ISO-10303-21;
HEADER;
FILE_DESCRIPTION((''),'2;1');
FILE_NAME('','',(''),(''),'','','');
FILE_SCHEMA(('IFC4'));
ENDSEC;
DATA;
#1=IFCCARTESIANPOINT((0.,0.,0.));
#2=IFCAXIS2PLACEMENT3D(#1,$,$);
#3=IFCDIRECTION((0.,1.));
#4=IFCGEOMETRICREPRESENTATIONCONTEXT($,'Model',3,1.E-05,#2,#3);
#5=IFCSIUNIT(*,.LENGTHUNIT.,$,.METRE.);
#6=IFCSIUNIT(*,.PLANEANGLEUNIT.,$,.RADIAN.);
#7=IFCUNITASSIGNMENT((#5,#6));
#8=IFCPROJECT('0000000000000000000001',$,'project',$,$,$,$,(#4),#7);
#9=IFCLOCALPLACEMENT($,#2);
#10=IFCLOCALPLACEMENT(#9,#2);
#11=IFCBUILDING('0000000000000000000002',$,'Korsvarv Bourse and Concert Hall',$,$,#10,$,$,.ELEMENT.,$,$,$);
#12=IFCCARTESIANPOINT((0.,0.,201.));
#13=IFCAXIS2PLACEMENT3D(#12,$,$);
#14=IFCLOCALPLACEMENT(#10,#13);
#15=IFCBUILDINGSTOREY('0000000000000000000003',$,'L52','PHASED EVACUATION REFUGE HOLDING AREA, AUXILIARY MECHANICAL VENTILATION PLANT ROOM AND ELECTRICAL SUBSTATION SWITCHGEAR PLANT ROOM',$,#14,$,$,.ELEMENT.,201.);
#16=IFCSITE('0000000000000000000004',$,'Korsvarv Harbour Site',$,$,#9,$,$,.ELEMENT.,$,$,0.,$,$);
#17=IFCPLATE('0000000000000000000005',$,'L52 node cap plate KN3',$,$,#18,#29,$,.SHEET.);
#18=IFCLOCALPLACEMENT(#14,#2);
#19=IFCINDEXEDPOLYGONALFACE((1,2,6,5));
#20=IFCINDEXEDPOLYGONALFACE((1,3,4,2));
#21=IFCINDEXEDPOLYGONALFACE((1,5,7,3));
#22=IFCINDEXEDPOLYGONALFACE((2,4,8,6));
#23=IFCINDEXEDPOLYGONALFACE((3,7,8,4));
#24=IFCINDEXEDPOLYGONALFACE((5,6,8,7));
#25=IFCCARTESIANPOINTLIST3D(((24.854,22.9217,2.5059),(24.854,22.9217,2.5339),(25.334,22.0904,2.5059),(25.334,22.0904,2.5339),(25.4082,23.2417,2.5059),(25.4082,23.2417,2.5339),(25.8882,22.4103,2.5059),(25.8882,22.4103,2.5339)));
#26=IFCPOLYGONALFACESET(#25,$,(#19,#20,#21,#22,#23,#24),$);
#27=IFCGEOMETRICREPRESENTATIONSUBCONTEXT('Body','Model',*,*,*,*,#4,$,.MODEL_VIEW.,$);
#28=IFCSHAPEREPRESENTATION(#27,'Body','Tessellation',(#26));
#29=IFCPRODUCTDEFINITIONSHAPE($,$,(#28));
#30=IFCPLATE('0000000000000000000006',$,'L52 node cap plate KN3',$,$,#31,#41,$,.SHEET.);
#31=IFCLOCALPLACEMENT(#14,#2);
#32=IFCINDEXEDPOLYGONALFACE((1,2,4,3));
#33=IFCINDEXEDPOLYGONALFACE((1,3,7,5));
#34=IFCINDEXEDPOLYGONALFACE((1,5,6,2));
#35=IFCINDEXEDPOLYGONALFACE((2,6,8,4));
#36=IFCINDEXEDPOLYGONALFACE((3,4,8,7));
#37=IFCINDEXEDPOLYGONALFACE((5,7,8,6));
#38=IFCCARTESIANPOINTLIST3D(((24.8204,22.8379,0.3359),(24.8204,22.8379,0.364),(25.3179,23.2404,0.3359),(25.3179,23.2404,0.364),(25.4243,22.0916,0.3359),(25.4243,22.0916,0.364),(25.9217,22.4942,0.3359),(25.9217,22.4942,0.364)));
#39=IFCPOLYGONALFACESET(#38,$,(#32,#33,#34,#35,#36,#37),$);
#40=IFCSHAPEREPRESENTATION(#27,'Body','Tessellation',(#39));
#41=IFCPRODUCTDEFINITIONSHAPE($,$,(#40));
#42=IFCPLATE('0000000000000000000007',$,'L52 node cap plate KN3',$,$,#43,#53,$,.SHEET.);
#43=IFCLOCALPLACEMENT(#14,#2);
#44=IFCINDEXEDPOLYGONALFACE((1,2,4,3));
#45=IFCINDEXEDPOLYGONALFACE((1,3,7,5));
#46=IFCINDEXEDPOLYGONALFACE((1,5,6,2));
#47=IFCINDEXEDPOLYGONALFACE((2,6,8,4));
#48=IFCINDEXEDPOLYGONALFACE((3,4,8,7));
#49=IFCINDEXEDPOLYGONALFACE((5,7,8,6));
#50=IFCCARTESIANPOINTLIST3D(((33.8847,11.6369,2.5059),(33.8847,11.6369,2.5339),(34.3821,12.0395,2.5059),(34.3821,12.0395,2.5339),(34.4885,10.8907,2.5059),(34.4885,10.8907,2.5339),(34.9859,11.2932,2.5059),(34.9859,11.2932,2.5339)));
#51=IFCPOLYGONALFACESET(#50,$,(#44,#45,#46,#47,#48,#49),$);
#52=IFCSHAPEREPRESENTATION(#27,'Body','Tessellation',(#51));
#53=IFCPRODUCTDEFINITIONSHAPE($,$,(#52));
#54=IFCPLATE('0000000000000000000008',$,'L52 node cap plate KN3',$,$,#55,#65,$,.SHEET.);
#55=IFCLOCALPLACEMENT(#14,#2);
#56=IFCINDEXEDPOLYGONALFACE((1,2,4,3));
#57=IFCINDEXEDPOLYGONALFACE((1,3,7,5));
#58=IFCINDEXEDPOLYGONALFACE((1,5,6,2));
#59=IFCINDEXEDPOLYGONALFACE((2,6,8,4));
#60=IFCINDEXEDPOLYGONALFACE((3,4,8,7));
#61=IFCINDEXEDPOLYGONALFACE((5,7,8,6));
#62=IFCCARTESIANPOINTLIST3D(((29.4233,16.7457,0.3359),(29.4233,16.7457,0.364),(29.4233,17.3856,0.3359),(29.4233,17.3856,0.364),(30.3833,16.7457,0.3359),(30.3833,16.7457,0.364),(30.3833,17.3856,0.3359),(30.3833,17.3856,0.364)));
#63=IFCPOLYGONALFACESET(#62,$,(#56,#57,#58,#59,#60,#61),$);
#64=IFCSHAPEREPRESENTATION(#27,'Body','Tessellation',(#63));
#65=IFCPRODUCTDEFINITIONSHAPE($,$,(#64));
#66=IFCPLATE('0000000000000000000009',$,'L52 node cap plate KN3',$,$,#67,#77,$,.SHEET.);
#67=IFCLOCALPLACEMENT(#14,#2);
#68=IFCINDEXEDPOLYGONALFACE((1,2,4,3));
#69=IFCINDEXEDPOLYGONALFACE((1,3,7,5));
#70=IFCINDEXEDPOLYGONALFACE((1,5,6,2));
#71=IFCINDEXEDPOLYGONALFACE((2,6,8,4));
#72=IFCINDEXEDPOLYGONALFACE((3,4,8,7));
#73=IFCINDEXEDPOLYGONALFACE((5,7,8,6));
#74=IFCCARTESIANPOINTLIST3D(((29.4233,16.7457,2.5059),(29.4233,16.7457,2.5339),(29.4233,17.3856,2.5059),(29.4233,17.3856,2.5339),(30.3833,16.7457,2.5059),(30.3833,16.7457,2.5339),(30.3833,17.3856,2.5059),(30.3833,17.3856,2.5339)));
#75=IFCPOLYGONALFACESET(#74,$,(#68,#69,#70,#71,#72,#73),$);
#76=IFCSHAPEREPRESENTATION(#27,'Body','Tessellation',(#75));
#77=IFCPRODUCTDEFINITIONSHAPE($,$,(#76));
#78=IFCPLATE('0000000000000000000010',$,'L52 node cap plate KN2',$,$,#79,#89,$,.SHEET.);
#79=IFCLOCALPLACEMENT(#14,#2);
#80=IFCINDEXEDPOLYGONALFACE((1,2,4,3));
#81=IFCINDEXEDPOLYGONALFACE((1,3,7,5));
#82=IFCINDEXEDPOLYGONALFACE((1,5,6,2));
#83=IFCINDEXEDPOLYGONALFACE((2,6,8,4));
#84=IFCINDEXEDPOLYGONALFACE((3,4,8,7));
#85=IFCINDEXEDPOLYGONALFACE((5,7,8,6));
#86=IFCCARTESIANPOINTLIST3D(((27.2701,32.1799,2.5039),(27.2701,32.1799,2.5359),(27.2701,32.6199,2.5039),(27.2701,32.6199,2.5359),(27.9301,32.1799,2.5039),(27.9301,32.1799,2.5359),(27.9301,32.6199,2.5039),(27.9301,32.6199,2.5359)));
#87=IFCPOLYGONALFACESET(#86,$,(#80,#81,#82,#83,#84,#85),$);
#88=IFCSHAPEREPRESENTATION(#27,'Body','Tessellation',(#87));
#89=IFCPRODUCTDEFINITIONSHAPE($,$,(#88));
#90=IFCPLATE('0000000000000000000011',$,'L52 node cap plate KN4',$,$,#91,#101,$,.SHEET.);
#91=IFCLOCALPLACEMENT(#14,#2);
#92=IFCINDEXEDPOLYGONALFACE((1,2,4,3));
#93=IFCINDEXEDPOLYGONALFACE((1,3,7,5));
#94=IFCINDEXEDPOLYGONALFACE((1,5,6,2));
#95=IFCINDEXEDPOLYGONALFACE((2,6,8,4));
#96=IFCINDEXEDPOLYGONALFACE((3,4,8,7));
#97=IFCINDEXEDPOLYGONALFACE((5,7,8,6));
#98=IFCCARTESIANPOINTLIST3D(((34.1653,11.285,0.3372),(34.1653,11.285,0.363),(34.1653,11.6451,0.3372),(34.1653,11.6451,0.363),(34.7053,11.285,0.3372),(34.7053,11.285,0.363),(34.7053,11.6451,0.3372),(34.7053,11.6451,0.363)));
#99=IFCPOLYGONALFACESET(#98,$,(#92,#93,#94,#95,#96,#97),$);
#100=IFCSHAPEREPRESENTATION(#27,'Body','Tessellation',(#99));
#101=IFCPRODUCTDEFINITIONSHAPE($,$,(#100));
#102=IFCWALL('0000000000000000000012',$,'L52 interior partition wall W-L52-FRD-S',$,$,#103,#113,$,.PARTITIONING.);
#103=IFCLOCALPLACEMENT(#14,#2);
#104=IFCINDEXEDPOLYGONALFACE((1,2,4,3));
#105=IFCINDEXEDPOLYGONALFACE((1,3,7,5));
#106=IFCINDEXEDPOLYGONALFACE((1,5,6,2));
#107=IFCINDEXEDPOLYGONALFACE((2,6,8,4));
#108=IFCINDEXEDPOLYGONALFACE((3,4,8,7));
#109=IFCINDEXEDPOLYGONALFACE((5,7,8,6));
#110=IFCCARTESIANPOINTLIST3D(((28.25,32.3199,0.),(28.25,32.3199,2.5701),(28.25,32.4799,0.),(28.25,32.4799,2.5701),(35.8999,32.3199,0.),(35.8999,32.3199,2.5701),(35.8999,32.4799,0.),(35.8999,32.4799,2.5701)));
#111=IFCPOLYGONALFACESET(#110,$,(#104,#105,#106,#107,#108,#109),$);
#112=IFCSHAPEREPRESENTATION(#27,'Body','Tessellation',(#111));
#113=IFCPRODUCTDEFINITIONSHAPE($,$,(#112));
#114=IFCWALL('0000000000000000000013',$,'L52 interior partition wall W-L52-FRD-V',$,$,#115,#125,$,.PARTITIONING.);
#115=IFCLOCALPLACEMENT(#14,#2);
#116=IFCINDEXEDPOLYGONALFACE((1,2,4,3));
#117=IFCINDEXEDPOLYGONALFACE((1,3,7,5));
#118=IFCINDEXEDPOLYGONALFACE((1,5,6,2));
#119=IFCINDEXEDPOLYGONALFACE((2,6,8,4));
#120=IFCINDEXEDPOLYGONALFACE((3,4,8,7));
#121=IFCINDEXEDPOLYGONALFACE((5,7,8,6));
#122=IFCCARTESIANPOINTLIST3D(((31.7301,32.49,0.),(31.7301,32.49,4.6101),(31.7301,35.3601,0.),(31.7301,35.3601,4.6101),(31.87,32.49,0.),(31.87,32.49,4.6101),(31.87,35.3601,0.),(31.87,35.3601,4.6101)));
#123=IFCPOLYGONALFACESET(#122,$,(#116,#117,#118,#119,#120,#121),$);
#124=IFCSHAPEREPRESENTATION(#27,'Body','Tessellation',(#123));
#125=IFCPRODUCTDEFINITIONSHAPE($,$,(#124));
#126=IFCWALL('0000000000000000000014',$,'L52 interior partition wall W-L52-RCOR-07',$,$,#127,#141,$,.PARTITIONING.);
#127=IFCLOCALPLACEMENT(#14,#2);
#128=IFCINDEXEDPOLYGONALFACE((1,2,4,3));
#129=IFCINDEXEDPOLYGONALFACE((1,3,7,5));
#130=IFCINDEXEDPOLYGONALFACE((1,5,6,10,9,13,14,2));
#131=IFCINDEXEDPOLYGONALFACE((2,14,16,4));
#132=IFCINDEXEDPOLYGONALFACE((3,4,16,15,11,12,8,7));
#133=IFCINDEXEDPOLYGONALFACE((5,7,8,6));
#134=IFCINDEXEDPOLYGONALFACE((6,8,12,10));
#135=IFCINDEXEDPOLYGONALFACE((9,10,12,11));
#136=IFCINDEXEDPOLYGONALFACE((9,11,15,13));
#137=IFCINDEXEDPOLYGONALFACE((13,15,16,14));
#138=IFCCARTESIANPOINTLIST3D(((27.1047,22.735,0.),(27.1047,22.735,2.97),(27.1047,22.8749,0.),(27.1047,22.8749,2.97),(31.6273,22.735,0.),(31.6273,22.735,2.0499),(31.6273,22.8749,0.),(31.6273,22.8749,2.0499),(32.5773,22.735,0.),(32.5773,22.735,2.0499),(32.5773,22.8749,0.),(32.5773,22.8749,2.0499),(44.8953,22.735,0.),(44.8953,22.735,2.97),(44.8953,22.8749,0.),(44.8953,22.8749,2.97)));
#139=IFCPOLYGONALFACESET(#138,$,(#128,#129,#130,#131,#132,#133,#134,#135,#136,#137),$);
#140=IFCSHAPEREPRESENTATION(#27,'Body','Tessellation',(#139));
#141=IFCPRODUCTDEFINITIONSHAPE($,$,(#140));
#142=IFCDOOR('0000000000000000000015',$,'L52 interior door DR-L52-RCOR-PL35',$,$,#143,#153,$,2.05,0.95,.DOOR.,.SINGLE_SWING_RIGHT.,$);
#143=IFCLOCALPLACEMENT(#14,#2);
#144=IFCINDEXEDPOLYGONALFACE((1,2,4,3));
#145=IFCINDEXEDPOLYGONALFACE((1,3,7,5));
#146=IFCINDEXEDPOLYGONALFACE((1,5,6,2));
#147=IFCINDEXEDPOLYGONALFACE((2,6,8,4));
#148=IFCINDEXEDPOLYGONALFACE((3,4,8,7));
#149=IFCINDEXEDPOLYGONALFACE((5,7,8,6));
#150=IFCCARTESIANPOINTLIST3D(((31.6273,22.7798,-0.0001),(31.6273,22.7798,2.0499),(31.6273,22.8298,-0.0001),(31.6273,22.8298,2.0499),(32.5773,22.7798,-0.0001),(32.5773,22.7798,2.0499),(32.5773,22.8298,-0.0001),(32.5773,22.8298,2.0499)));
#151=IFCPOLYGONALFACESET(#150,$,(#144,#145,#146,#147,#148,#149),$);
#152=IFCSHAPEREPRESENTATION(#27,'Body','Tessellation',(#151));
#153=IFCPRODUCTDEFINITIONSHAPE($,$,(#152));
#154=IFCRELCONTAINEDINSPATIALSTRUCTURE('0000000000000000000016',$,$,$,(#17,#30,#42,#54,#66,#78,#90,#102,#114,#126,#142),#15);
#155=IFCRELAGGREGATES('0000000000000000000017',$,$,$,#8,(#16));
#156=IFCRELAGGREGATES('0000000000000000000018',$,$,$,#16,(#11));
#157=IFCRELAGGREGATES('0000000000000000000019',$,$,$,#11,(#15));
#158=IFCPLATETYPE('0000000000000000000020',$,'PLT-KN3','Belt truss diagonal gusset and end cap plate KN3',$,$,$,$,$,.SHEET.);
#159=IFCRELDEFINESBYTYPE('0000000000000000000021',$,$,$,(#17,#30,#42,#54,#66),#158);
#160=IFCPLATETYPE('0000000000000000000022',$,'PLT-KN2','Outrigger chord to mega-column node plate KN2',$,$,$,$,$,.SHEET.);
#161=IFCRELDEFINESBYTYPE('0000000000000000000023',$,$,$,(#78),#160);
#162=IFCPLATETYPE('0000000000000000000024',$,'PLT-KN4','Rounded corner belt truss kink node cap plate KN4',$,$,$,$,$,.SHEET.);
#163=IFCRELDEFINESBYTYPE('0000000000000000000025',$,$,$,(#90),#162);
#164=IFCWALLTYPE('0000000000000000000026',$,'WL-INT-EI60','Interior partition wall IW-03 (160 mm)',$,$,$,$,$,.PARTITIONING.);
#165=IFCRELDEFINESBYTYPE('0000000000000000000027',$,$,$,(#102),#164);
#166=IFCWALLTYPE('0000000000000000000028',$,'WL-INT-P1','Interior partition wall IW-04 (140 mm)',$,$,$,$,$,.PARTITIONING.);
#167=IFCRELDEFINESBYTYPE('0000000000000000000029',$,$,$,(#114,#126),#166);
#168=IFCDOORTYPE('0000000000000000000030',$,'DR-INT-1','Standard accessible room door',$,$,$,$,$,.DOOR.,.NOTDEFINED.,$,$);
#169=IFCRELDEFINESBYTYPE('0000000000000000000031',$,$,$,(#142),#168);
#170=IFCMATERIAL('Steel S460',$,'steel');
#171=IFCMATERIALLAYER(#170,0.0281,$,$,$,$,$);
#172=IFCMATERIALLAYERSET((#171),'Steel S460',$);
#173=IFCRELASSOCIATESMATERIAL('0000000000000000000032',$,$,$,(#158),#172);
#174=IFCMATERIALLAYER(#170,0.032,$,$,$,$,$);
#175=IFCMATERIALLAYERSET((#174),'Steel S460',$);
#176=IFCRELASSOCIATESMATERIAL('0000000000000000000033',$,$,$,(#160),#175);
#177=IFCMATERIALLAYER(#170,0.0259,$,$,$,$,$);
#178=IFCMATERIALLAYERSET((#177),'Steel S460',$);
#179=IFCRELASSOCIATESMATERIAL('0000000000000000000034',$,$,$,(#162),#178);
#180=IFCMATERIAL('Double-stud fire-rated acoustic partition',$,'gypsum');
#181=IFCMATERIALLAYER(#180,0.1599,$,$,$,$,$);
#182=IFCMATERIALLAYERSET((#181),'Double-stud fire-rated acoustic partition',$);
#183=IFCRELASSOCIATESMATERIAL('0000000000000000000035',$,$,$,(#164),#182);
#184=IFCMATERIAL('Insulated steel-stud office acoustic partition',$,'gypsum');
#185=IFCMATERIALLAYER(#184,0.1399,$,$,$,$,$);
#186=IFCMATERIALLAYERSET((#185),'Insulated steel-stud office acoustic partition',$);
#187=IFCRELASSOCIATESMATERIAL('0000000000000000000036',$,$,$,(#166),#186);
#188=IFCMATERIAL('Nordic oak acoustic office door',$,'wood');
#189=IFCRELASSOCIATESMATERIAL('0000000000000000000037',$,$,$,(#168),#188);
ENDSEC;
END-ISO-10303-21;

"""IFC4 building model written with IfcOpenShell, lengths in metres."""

from ifc_helpers import new_model, si_unit, direction, frame, frame_2d, origin, origin_2d, place, context, subcontext, project, spatial, rectangle, extrude, source, transform, mapped, material, layer, layer_set, type_object, element, fill, save


model = new_model("IFC4")

# Units and contexts
model_context = context("Model", 3, precision=1e-05, world=origin(), true_north=direction((0.0, 1.0)))
body_context = subcontext(model_context, "Body", "Model", "MODEL_VIEW")
ifc_project = project(units=[si_unit("LENGTHUNIT", "METRE"), si_unit("PLANEANGLEUNIT", "RADIAN")], contexts=[model_context])

# Site, building, storey
site_placement = place(None, origin())
site = spatial("IfcSite", under=ifc_project, at=site_placement, Name="Korsvarv Harbour Site", CompositionType="ELEMENT", RefElevation=0.0)
building_placement = place(site_placement, origin())
building = spatial("IfcBuilding", under=site, at=building_placement, Name="Korsvarv Bourse and Concert Hall", CompositionType="ELEMENT")
storey_placement = place(building_placement, frame((0.0, 0.0, 201.0)))
storey = spatial("IfcBuildingStorey", under=building, at=storey_placement, Name="L52", Description="PHASED EVACUATION REFUGE HOLDING AREA, AUXILIARY MECHANICAL VENTILATION PLANT ROOM AND ELECTRICAL SUBSTATION SWITCHGEAR PLANT ROOM", CompositionType="ELEMENT", Elevation=201.0)

# Shared definitions
ifc_material_1 = material(Name="Steel S460", Category="steel")

# Plates
ifc_layer_1 = layer(ifc_material_1, 0.0281)
ifc_layer_set_1 = layer_set([ifc_layer_1], Name="Steel S460")
plate_type_1 = type_object("IfcPlateType", Name="PLT-KN3", Description="Belt truss diagonal gusset and end cap plate KN3", PredefinedType="SHEET", material=ifc_layer_set_1)
shared_shape_1 = source(origin(), body_context, "Body", "SweptSolid", [
    extrude(rectangle(XDim=0.96, YDim=0.6399, at=origin_2d()), origin(), (0.0, 0.0, 1.0), 0.0281),
])
for number, where, z_axis, x_axis, name in (
    (1, (25.3711, 22.666, 2.5059), (0.0, 0.0, 1.0), (-0.5, 0.866025, 0.0), "L52 node cap plate KN3"),
    (2, (25.3711, 22.666, 0.3359), (0.0, 0.0, 1.0), (-0.629049, 0.777366, 0.0), "L52 node cap plate KN3"),
    (3, (34.4353, 11.4651, 2.5059), (0.0, 0.0, 1.0), (-0.629049, 0.777366, 0.0), "L52 node cap plate KN3"),
    (4, (29.9033, 17.0657, 0.3359), (0.0, 0.0, 1.0), (1.0, 0.0, 0.0), "L52 node cap plate KN3"),
    (5, (29.9033, 17.0657, 2.5059), (0.0, 0.0, 1.0), (1.0, 0.0, 0.0), "L52 node cap plate KN3"),
):
    element("IfcPlate", number, at=place(storey_placement, frame(where, z_axis=z_axis, x_axis=x_axis)), inside=storey, type_object=plate_type_1, Name=name, PredefinedType="SHEET", context=body_context, shape_type="MappedRepresentation", body=[
        mapped(shared_shape_1, transform((0.0, 0.0, 0.0), scale=1.0)),
    ])
ifc_layer_2 = layer(ifc_material_1, 0.032)
ifc_layer_set_2 = layer_set([ifc_layer_2], Name="Steel S460")
plate_type_2 = type_object("IfcPlateType", Name="PLT-KN2", Description="Outrigger chord to mega-column node plate KN2", PredefinedType="SHEET", material=ifc_layer_set_2)
shared_shape_2 = source(origin(), body_context, "Body", "SweptSolid", [
    extrude(rectangle(XDim=0.6599, YDim=0.4399, at=origin_2d()), origin(), (0.0, 0.0, 1.0), 0.032),
])
plate_1_placement = place(storey_placement, frame((27.6001, 32.3999, 2.5039), z_axis=(0.0, 0.0, 1.0), x_axis=(1.0, 0.0, 0.0)))
element("IfcPlate", 6, at=plate_1_placement, inside=storey, type_object=plate_type_2, Name="L52 node cap plate KN2", PredefinedType="SHEET", context=body_context, shape_type="MappedRepresentation", body=[
    mapped(shared_shape_2, transform((0.0, 0.0, 0.0), scale=1.0)),
])
ifc_layer_3 = layer(ifc_material_1, 0.0259)
ifc_layer_set_3 = layer_set([ifc_layer_3], Name="Steel S460")
plate_type_3 = type_object("IfcPlateType", Name="PLT-KN4", Description="Rounded corner belt truss kink node cap plate KN4", PredefinedType="SHEET", material=ifc_layer_set_3)
shared_shape_3 = source(origin(), body_context, "Body", "SweptSolid", [
    extrude(rectangle(XDim=0.54, YDim=0.3601, at=origin_2d()), origin(), (0.0, 0.0, 1.0), 0.0259),
])
plate_2_placement = place(storey_placement, frame((34.4353, 11.4651, 0.3372), z_axis=(0.0, 0.0, 1.0), x_axis=(1.0, 0.0, 0.0)))
element("IfcPlate", 7, at=plate_2_placement, inside=storey, type_object=plate_type_3, Name="L52 node cap plate KN4", PredefinedType="SHEET", context=body_context, shape_type="MappedRepresentation", body=[
    mapped(shared_shape_3, transform((0.0, 0.0, 0.0), scale=1.0)),
])

# Walls
ifc_material_2 = material(Name="Double-stud fire-rated acoustic partition", Category="gypsum")
ifc_layer_4 = layer(ifc_material_2, 0.1599)
ifc_layer_set_4 = layer_set([ifc_layer_4], Name="Double-stud fire-rated acoustic partition")
wall_type_1 = type_object("IfcWallType", Name="WL-INT-EI60", Description="Interior partition wall IW-03 (160 mm)", PredefinedType="PARTITIONING", material=ifc_layer_set_4)
wall_1_placement = place(storey_placement, frame((28.25, 32.3999, 0.0), z_axis=(0.0, 0.0, 1.0), x_axis=(1.0, 0.0, 0.0)))
element("IfcWall", 8, at=wall_1_placement, inside=storey, type_object=wall_type_1, Name="L52 interior partition wall W-L52-FRD-S", PredefinedType="PARTITIONING", context=body_context, shape_type="SweptSolid", body=[
    extrude(rectangle(XDim=7.6499, YDim=0.1599, at=frame_2d((3.825, 0.0))), origin(), (0.0, 0.0, 1.0), 2.5701),
])
ifc_material_3 = material(Name="Insulated steel-stud office acoustic partition", Category="gypsum")
ifc_layer_5 = layer(ifc_material_3, 0.1399)
ifc_layer_set_5 = layer_set([ifc_layer_5], Name="Insulated steel-stud office acoustic partition")
wall_type_2 = type_object("IfcWallType", Name="WL-INT-P1", Description="Interior partition wall IW-04 (140 mm)", PredefinedType="PARTITIONING", material=ifc_layer_set_5)
wall_2_placement = place(storey_placement, frame((31.8, 32.49, 0.0), z_axis=(0.0, 0.0, 1.0), x_axis=(0.0, 1.0, 0.0)))
element("IfcWall", 9, at=wall_2_placement, inside=storey, type_object=wall_type_2, Name="L52 interior partition wall W-L52-FRD-V", PredefinedType="PARTITIONING", context=body_context, shape_type="SweptSolid", body=[
    extrude(rectangle(XDim=2.8701, YDim=0.1399, at=frame_2d((1.4351, 0.0))), origin(), (0.0, 0.0, 1.0), 4.6101),
])

# Wall, opening, door
wall_3_placement = place(storey_placement, frame((27.1047, 22.8049, 0.0), z_axis=(0.0, 0.0, 1.0), x_axis=(1.0, 0.0, 0.0)))
wall_3 = element("IfcWall", 10, at=wall_3_placement, inside=storey, type_object=wall_type_2, Name="L52 interior partition wall W-L52-RCOR-07", PredefinedType="PARTITIONING", context=body_context, shape_type="SweptSolid", body=[
    extrude(rectangle(XDim=17.7905, YDim=0.1399, at=frame_2d((8.8953, 0.0))), origin(), (0.0, 0.0, 1.0), 2.97),
])
opening_placement = place(wall_3_placement, frame((4.5225, 0.0, 0.0)))
opening = element("IfcOpeningElement", 11, at=opening_placement, cuts=wall_3, PredefinedType="OPENING", context=body_context, shape_type="SweptSolid", body=[
    extrude(rectangle(XDim=0.95, YDim=2.05, at=frame_2d((0.4751, 1.0249))), frame((0.0, 0.0801, 0.0), z_axis=(0.0, -1.0, 0.0), x_axis=(1.0, 0.0, 0.0)), (0.0, 0.0, 1.0), 0.1599),
])
ifc_material_4 = material(Name="Nordic oak acoustic office door", Category="wood")
door_type = type_object("IfcDoorType", Name="DR-INT-1", Description="Standard accessible room door", OperationType="NOTDEFINED", PredefinedType="DOOR", material=ifc_material_4)
door_placement = place(opening_placement, origin())
door = element("IfcDoor", 12, at=door_placement, inside=storey, type_object=door_type, Name="L52 interior door DR-L52-RCOR-PL35", OperationType="SINGLE_SWING_RIGHT", OverallHeight=2.05, OverallWidth=0.95, PredefinedType="DOOR", context=body_context, shape_type="SweptSolid", body=[
    extrude(rectangle(XDim=0.95, YDim=2.05, at=frame_2d((0.4751, 1.0249))), frame((0.0, 0.0249, 0.0), z_axis=(0.0, -1.0, 0.0), x_axis=(1.0, 0.0, 0.0)), (0.0, 0.0, 1.0), 0.05),
])
fill(opening, door)

save(model, "model.ifc")
